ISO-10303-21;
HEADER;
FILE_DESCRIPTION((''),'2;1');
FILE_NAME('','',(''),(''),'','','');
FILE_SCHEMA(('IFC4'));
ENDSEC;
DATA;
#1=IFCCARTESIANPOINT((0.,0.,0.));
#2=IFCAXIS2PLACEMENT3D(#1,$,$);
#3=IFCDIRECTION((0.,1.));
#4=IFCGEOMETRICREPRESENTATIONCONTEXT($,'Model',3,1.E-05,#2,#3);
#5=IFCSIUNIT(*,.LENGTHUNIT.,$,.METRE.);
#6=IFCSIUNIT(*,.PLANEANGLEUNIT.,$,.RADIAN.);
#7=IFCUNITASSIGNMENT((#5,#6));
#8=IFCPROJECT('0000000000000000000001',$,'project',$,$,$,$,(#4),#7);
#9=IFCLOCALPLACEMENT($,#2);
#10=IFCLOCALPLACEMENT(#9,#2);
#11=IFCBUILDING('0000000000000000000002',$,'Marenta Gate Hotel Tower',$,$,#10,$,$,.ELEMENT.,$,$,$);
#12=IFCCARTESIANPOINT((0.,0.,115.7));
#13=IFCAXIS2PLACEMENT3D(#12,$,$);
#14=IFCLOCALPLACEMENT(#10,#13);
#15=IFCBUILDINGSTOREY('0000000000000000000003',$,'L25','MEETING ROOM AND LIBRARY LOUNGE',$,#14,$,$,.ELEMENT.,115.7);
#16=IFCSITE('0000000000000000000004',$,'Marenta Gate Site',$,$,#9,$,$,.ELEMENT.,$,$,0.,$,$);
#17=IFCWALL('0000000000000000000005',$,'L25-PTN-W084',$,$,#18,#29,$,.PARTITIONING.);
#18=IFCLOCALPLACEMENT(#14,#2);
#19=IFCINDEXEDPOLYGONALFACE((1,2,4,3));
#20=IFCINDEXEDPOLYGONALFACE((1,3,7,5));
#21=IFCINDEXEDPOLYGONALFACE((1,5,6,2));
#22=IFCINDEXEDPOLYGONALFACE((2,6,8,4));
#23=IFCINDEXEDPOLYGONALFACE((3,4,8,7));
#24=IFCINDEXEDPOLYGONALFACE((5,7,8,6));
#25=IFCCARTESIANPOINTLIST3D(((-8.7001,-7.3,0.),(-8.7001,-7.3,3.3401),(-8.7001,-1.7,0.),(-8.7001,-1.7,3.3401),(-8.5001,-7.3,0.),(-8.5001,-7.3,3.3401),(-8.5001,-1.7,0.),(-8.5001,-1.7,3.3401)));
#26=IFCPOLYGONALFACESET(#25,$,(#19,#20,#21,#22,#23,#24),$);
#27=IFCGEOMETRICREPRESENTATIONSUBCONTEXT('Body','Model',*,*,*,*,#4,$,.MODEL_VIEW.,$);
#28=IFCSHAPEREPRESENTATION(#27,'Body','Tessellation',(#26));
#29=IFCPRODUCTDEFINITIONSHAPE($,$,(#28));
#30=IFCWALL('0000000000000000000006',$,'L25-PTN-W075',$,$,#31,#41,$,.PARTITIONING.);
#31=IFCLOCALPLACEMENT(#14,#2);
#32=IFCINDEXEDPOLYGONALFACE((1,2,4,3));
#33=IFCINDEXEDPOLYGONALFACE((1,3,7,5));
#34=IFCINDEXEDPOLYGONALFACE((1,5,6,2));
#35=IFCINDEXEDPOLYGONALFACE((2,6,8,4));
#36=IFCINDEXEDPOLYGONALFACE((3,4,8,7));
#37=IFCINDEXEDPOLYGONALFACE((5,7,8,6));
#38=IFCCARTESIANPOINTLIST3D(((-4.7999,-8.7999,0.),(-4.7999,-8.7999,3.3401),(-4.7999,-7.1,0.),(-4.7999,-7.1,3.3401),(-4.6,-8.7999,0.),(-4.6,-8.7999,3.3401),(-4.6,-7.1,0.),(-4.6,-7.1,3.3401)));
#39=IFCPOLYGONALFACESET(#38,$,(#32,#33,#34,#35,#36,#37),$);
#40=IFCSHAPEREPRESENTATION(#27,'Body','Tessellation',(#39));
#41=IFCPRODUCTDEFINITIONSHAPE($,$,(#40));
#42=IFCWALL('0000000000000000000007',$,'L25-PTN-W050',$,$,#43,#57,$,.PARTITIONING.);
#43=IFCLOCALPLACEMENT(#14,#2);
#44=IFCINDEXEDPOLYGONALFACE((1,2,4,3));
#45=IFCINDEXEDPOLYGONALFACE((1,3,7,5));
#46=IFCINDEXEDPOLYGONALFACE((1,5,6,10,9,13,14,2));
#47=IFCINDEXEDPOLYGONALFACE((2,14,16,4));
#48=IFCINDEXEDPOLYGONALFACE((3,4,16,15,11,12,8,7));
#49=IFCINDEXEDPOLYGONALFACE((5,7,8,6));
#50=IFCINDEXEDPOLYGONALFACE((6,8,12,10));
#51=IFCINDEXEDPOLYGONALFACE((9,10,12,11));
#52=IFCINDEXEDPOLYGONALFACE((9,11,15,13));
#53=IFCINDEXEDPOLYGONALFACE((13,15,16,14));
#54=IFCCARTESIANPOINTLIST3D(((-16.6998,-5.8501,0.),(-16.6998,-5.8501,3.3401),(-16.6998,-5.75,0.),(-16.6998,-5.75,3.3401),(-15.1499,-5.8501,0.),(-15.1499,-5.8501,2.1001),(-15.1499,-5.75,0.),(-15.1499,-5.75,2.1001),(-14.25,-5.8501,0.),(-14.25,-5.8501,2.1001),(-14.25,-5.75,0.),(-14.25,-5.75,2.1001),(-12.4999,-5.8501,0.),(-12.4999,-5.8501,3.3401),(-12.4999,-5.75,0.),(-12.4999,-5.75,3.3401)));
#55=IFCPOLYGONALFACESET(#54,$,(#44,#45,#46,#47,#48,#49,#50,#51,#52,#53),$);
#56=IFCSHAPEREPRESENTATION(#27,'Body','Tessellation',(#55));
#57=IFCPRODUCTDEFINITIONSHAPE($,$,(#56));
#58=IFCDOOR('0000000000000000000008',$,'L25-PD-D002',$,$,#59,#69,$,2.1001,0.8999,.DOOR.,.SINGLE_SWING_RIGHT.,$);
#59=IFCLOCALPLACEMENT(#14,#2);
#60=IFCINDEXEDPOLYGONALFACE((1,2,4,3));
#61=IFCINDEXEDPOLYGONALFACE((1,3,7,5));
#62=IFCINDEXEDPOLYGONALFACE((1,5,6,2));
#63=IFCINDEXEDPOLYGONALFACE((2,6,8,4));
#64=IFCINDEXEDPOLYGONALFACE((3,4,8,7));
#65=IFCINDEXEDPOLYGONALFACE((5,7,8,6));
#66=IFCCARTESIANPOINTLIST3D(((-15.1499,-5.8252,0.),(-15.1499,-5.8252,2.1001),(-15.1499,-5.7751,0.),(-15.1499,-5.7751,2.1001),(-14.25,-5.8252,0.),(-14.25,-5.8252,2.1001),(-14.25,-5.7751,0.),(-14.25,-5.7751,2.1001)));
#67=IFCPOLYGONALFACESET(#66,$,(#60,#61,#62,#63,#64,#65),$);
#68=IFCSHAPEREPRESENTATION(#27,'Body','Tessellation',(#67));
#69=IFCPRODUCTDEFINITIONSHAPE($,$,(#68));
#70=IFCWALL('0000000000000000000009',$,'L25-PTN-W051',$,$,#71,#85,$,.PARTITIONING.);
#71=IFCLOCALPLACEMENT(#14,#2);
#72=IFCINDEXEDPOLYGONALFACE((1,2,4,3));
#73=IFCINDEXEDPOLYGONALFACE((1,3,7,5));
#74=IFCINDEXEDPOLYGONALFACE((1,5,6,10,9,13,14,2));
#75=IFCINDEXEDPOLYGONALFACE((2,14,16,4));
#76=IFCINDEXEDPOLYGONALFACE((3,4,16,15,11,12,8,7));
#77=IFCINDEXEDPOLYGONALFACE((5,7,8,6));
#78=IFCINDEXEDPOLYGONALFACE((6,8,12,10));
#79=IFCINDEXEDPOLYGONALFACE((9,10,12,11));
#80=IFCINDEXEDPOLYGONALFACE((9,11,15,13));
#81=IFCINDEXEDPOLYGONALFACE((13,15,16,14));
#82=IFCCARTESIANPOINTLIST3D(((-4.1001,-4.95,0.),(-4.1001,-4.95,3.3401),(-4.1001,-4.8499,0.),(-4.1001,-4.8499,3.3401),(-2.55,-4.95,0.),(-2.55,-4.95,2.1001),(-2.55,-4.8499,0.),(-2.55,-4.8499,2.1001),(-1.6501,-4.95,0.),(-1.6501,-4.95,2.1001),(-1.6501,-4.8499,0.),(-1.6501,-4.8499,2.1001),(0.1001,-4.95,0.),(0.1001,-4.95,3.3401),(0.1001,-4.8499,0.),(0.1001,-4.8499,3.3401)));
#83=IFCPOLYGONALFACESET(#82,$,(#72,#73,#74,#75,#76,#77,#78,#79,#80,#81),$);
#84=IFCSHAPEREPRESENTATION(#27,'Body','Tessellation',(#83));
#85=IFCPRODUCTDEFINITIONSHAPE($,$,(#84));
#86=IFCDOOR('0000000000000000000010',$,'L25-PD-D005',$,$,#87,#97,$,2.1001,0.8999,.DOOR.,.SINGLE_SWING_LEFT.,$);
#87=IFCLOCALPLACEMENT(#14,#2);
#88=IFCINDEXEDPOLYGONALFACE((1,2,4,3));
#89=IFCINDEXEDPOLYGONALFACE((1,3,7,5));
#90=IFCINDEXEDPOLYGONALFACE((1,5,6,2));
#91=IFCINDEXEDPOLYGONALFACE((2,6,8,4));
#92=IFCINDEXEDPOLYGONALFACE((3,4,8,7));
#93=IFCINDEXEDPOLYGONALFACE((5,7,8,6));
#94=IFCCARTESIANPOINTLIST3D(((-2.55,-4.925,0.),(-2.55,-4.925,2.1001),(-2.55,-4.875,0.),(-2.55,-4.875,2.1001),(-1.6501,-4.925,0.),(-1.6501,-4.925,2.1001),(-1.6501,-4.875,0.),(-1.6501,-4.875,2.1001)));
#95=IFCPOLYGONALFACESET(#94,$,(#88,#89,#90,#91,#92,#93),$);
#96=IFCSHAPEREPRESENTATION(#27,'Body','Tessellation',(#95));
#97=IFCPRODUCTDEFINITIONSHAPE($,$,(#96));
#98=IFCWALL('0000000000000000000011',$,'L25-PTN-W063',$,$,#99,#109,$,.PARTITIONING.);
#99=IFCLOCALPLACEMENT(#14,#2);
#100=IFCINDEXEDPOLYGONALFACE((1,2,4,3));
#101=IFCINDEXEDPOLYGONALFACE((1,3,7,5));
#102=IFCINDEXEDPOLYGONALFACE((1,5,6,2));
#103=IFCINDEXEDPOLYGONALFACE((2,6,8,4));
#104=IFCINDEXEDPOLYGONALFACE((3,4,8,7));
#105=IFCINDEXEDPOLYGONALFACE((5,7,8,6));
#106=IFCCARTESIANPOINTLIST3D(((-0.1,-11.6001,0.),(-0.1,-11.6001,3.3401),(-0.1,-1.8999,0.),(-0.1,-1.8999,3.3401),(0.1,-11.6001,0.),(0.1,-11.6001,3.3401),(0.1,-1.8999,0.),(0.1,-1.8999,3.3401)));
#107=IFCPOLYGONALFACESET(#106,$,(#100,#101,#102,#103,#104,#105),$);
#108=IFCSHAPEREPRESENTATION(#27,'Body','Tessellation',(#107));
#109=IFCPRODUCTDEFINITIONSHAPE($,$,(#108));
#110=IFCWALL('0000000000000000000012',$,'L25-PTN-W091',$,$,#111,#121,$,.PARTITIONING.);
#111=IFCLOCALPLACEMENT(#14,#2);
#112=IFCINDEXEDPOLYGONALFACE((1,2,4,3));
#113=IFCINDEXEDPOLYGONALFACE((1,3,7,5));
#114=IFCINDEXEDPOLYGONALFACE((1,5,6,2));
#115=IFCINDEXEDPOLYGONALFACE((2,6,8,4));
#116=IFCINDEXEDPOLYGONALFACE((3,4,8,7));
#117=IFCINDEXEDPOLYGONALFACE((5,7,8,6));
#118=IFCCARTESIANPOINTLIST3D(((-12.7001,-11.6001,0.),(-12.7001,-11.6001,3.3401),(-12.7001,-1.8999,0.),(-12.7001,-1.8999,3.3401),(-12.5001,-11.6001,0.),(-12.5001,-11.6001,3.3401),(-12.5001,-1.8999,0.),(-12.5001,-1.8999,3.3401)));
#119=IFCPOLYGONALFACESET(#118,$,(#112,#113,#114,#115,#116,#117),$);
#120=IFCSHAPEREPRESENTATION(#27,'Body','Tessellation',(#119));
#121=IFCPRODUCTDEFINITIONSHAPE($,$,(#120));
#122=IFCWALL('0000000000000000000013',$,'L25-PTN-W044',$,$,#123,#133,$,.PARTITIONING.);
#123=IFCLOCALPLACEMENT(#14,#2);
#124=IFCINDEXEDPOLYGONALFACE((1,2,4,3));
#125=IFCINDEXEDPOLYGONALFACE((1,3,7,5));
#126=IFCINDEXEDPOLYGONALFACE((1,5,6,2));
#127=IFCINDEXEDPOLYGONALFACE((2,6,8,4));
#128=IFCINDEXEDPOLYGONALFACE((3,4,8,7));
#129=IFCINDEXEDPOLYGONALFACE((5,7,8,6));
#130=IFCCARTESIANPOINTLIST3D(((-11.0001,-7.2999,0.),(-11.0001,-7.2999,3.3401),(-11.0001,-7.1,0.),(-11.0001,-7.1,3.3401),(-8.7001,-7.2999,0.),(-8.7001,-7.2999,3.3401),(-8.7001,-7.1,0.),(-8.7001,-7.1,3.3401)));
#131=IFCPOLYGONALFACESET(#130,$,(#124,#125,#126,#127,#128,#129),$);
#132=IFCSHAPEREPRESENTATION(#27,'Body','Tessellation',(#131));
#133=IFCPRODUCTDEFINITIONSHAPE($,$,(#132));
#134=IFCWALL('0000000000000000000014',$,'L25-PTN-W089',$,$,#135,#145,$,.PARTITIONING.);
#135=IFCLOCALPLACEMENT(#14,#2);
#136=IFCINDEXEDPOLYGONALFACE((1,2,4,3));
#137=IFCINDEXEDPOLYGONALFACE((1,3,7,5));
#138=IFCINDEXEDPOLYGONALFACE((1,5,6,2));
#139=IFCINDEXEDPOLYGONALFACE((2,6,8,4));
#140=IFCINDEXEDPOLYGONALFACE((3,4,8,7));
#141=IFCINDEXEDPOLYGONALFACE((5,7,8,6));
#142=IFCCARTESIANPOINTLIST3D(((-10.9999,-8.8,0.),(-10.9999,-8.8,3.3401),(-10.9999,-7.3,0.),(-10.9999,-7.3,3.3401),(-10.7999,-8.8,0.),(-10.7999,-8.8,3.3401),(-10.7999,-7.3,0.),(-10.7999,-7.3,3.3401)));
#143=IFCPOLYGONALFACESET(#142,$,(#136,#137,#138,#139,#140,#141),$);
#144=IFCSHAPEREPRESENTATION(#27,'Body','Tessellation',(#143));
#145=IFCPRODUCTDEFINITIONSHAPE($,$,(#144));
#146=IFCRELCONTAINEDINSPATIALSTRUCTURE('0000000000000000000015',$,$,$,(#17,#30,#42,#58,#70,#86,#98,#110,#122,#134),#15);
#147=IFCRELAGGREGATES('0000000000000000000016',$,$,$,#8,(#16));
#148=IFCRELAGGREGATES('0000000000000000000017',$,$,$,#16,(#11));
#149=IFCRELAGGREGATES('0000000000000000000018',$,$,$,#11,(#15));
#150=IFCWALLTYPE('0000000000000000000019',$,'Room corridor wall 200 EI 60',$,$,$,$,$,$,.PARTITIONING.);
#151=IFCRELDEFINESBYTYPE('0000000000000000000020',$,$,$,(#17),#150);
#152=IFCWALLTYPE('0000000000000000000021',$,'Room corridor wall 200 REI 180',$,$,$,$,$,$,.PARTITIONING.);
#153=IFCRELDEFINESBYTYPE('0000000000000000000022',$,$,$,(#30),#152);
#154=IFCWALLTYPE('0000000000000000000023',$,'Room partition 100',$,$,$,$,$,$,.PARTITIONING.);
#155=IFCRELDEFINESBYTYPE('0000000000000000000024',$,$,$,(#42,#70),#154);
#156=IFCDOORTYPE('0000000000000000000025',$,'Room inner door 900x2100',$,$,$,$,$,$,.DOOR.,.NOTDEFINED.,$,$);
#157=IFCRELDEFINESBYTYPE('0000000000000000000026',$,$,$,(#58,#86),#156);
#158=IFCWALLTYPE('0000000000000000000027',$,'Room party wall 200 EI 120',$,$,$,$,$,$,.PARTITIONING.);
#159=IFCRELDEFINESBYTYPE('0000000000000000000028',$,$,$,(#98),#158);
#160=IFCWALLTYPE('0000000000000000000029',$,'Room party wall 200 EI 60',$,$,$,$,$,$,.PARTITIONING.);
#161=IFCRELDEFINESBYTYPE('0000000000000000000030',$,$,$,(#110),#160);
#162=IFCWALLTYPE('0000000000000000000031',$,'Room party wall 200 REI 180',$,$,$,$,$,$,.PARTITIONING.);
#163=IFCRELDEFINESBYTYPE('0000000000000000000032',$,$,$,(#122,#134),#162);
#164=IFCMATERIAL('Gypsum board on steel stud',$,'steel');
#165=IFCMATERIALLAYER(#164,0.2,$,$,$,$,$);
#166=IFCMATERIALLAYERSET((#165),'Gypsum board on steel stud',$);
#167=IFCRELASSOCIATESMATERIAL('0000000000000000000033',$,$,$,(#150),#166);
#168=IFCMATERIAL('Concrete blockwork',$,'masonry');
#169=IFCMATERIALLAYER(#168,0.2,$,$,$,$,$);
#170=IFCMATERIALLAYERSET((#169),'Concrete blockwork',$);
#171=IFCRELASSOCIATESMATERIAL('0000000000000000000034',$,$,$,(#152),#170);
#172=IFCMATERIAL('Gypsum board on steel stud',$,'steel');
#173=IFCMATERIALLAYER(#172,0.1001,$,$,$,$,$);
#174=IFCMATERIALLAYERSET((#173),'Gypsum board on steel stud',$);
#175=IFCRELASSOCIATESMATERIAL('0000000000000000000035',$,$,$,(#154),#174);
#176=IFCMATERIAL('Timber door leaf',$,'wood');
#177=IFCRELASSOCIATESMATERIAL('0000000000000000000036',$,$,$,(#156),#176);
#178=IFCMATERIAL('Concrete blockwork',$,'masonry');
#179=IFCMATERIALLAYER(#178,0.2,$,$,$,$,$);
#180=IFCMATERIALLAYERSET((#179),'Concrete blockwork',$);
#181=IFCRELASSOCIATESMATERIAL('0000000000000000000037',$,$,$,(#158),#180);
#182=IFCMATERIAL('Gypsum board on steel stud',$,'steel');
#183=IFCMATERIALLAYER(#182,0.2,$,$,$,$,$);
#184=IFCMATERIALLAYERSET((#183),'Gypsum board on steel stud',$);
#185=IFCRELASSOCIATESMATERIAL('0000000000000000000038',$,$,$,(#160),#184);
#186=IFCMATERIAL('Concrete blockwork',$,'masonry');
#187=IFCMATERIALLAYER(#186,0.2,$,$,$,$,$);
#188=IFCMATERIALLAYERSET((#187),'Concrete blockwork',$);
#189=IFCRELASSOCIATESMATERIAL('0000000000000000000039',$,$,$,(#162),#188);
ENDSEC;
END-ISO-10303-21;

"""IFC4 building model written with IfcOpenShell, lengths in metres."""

from ifc_helpers import new_model, si_unit, direction, frame, frame_2d, origin, place, context, subcontext, project, spatial, rectangle, extrude, material, layer, layer_set, type_object, element, fill, save


model = new_model("IFC4")

# Units and contexts
model_context = context("Model", 3, precision=1e-05, world=origin(), true_north=direction((0.0, 1.0)))
body_context = subcontext(model_context, "Body", "Model", "MODEL_VIEW")
ifc_project = project(units=[si_unit("LENGTHUNIT", "METRE"), si_unit("PLANEANGLEUNIT", "RADIAN")], contexts=[model_context])

# Site, building, storey
site_placement = place(None, origin())
site = spatial("IfcSite", under=ifc_project, at=site_placement, Name="Marenta Gate Site", CompositionType="ELEMENT", RefElevation=0.0)
building_placement = place(site_placement, origin())
building = spatial("IfcBuilding", under=site, at=building_placement, Name="Marenta Gate Hotel Tower", CompositionType="ELEMENT")
storey_placement = place(building_placement, frame((0.0, 0.0, 115.7)))
storey = spatial("IfcBuildingStorey", under=building, at=storey_placement, Name="L25", Description="MEETING ROOM AND LIBRARY LOUNGE", CompositionType="ELEMENT", Elevation=115.7)

# Wall
ifc_material_1 = material(Name="Gypsum board on steel stud", Category="steel")
ifc_layer_1 = layer(ifc_material_1, 0.2)
ifc_layer_set_1 = layer_set([ifc_layer_1], Name="Gypsum board on steel stud")
wall_type_1 = type_object("IfcWallType", Name="Room corridor wall 200 EI 60", PredefinedType="PARTITIONING", material=ifc_layer_set_1)
wall_1_placement = place(storey_placement, frame((-8.6001, -7.3, 0.0), z_axis=(0.0, 0.0, 1.0), x_axis=(0.0, 1.0, 0.0)))
element("IfcWall", 1, at=wall_1_placement, inside=storey, type_object=wall_type_1, Name="L25-PTN-W084", PredefinedType="PARTITIONING", context=body_context, shape_type="SweptSolid", body=[
    extrude(rectangle(XDim=5.6001, YDim=0.2, at=frame_2d((2.8, 0.0))), origin(), (0.0, 0.0, 1.0), 3.3401),
])

# Shared definitions
ifc_material_2 = material(Name="Concrete blockwork", Category="masonry")
ifc_layer_2 = layer(ifc_material_2, 0.2)
ifc_layer_set_2 = layer_set([ifc_layer_2], Name="Concrete blockwork")
wall_type_2 = type_object("IfcWallType", Name="Room corridor wall 200 REI 180", PredefinedType="PARTITIONING", material=ifc_layer_set_2)

# Wall
wall_2_placement = place(storey_placement, frame((-4.7, -8.8, 0.0), z_axis=(0.0, 0.0, 1.0), x_axis=(0.0, 1.0, 0.0)))
element("IfcWall", 2, at=wall_2_placement, inside=storey, type_object=wall_type_2, Name="L25-PTN-W075", PredefinedType="PARTITIONING", context=body_context, shape_type="SweptSolid", body=[
    extrude(rectangle(XDim=1.7, YDim=0.2, at=frame_2d((0.8501, 0.0))), origin(), (0.0, 0.0, 1.0), 3.3401),
])

# Walls, openings, doors
ifc_material_3 = material(Name="Gypsum board on steel stud", Category="steel")
ifc_layer_3 = layer(ifc_material_3, 0.1001)
ifc_layer_set_3 = layer_set([ifc_layer_3], Name="Gypsum board on steel stud")
wall_type_3 = type_object("IfcWallType", Name="Room partition 100", PredefinedType="PARTITIONING", material=ifc_layer_set_3)
wall_3_placement = place(storey_placement, frame((-16.7, -5.8, 0.0), z_axis=(0.0, 0.0, 1.0), x_axis=(1.0, 0.0, 0.0)))
wall_3 = element("IfcWall", 3, at=wall_3_placement, inside=storey, type_object=wall_type_3, Name="L25-PTN-W050", PredefinedType="PARTITIONING", context=body_context, shape_type="SweptSolid", body=[
    extrude(rectangle(XDim=4.2, YDim=0.1001, at=frame_2d((2.1001, 0.0))), origin(), (0.0, 0.0, 1.0), 3.3401),
])
opening_1_placement = place(wall_3_placement, frame((1.55, 0.0, 0.0)))
opening_1 = element("IfcOpeningElement", 4, at=opening_1_placement, cuts=wall_3, PredefinedType="OPENING", context=body_context, shape_type="SweptSolid", body=[
    extrude(rectangle(XDim=0.8999, YDim=2.1001, at=frame_2d((0.45, 1.05))), frame((0.0, 0.05, 0.0), z_axis=(0.0, -1.0, 0.0), x_axis=(1.0, 0.0, 0.0)), (0.0, 0.0, 1.0), 0.1001),
])
ifc_material_4 = material(Name="Timber door leaf", Category="wood")
door_type_1 = type_object("IfcDoorType", Name="Room inner door 900x2100", OperationType="NOTDEFINED", PredefinedType="DOOR", material=ifc_material_4)
door_1_placement = place(opening_1_placement, origin())
door_1 = element("IfcDoor", 5, at=door_1_placement, inside=storey, type_object=door_type_1, Name="L25-PD-D002", OperationType="SINGLE_SWING_RIGHT", OverallHeight=2.1001, OverallWidth=0.8999, PredefinedType="DOOR", context=body_context, shape_type="SweptSolid", body=[
    extrude(rectangle(XDim=0.8999, YDim=2.1001, at=frame_2d((0.45, 1.05))), frame((0.0, 0.0249, 0.0), z_axis=(0.0, -1.0, 0.0), x_axis=(1.0, 0.0, 0.0)), (0.0, 0.0, 1.0), 0.05),
])
fill(opening_1, door_1)
wall_4_placement = place(storey_placement, frame((-4.1001, -4.8999, 0.0), z_axis=(0.0, 0.0, 1.0), x_axis=(1.0, 0.0, 0.0)))
wall_4 = element("IfcWall", 6, at=wall_4_placement, inside=storey, type_object=wall_type_3, Name="L25-PTN-W051", PredefinedType="PARTITIONING", context=body_context, shape_type="SweptSolid", body=[
    extrude(rectangle(XDim=4.2002, YDim=0.1001, at=frame_2d((2.1001, 0.0))), origin(), (0.0, 0.0, 1.0), 3.3401),
])
opening_2_placement = place(wall_4_placement, frame((1.55, 0.0, 0.0)))
opening_2 = element("IfcOpeningElement", 7, at=opening_2_placement, cuts=wall_4, PredefinedType="OPENING", context=body_context, shape_type="SweptSolid", body=[
    extrude(rectangle(XDim=0.8999, YDim=2.1001, at=frame_2d((0.45, 1.05))), frame((0.0, 0.05, 0.0), z_axis=(0.0, -1.0, 0.0), x_axis=(1.0, 0.0, 0.0)), (0.0, 0.0, 1.0), 0.1001),
])
door_2_placement = place(opening_2_placement, origin())
door_2 = element("IfcDoor", 8, at=door_2_placement, inside=storey, type_object=door_type_1, Name="L25-PD-D005", OperationType="SINGLE_SWING_LEFT", OverallHeight=2.1001, OverallWidth=0.8999, PredefinedType="DOOR", context=body_context, shape_type="SweptSolid", body=[
    extrude(rectangle(XDim=0.8999, YDim=2.1001, at=frame_2d((0.45, 1.05))), frame((0.0, 0.0249, 0.0), z_axis=(0.0, -1.0, 0.0), x_axis=(1.0, 0.0, 0.0)), (0.0, 0.0, 1.0), 0.05),
])
fill(opening_2, door_2)

# Walls
ifc_material_5 = material(Name="Concrete blockwork", Category="masonry")
ifc_layer_4 = layer(ifc_material_5, 0.2)
ifc_layer_set_4 = layer_set([ifc_layer_4], Name="Concrete blockwork")
wall_type_4 = type_object("IfcWallType", Name="Room party wall 200 EI 120", PredefinedType="PARTITIONING", material=ifc_layer_set_4)
wall_5_placement = place(storey_placement, frame((0.0, -11.6001, 0.0), z_axis=(0.0, 0.0, 1.0), x_axis=(0.0, 1.0, 0.0)))
element("IfcWall", 9, at=wall_5_placement, inside=storey, type_object=wall_type_4, Name="L25-PTN-W063", PredefinedType="PARTITIONING", context=body_context, shape_type="SweptSolid", body=[
    extrude(rectangle(XDim=9.7002, YDim=0.2, at=frame_2d((4.8501, 0.0))), origin(), (0.0, 0.0, 1.0), 3.3401),
])
ifc_material_6 = material(Name="Gypsum board on steel stud", Category="steel")
ifc_layer_5 = layer(ifc_material_6, 0.2)
ifc_layer_set_5 = layer_set([ifc_layer_5], Name="Gypsum board on steel stud")
wall_type_5 = type_object("IfcWallType", Name="Room party wall 200 EI 60", PredefinedType="PARTITIONING", material=ifc_layer_set_5)
wall_6_placement = place(storey_placement, frame((-12.6001, -11.6001, 0.0), z_axis=(0.0, 0.0, 1.0), x_axis=(0.0, 1.0, 0.0)))
element("IfcWall", 10, at=wall_6_placement, inside=storey, type_object=wall_type_5, Name="L25-PTN-W091", PredefinedType="PARTITIONING", context=body_context, shape_type="SweptSolid", body=[
    extrude(rectangle(XDim=9.7002, YDim=0.2, at=frame_2d((4.8501, 0.0))), origin(), (0.0, 0.0, 1.0), 3.3401),
])
ifc_material_7 = material(Name="Concrete blockwork", Category="masonry")
ifc_layer_6 = layer(ifc_material_7, 0.2)
ifc_layer_set_6 = layer_set([ifc_layer_6], Name="Concrete blockwork")
wall_type_6 = type_object("IfcWallType", Name="Room party wall 200 REI 180", PredefinedType="PARTITIONING", material=ifc_layer_set_6)
wall_7_placement = place(storey_placement, frame((-11.0, -7.2, 0.0), z_axis=(0.0, 0.0, 1.0), x_axis=(1.0, 0.0, 0.0)))
element("IfcWall", 11, at=wall_7_placement, inside=storey, type_object=wall_type_6, Name="L25-PTN-W044", PredefinedType="PARTITIONING", context=body_context, shape_type="SweptSolid", body=[
    extrude(rectangle(XDim=2.3, YDim=0.2, at=frame_2d((1.1499, 0.0))), origin(), (0.0, 0.0, 1.0), 3.3401),
])
wall_8_placement = place(storey_placement, frame((-10.8999, -8.8, 0.0), z_axis=(0.0, 0.0, 1.0), x_axis=(0.0, 1.0, 0.0)))
element("IfcWall", 12, at=wall_8_placement, inside=storey, type_object=wall_type_6, Name="L25-PTN-W089", PredefinedType="PARTITIONING", context=body_context, shape_type="SweptSolid", body=[
    extrude(rectangle(XDim=1.5, YDim=0.2, at=frame_2d((0.75, 0.0))), origin(), (0.0, 0.0, 1.0), 3.3401),
])

save(model, "model.ifc")
